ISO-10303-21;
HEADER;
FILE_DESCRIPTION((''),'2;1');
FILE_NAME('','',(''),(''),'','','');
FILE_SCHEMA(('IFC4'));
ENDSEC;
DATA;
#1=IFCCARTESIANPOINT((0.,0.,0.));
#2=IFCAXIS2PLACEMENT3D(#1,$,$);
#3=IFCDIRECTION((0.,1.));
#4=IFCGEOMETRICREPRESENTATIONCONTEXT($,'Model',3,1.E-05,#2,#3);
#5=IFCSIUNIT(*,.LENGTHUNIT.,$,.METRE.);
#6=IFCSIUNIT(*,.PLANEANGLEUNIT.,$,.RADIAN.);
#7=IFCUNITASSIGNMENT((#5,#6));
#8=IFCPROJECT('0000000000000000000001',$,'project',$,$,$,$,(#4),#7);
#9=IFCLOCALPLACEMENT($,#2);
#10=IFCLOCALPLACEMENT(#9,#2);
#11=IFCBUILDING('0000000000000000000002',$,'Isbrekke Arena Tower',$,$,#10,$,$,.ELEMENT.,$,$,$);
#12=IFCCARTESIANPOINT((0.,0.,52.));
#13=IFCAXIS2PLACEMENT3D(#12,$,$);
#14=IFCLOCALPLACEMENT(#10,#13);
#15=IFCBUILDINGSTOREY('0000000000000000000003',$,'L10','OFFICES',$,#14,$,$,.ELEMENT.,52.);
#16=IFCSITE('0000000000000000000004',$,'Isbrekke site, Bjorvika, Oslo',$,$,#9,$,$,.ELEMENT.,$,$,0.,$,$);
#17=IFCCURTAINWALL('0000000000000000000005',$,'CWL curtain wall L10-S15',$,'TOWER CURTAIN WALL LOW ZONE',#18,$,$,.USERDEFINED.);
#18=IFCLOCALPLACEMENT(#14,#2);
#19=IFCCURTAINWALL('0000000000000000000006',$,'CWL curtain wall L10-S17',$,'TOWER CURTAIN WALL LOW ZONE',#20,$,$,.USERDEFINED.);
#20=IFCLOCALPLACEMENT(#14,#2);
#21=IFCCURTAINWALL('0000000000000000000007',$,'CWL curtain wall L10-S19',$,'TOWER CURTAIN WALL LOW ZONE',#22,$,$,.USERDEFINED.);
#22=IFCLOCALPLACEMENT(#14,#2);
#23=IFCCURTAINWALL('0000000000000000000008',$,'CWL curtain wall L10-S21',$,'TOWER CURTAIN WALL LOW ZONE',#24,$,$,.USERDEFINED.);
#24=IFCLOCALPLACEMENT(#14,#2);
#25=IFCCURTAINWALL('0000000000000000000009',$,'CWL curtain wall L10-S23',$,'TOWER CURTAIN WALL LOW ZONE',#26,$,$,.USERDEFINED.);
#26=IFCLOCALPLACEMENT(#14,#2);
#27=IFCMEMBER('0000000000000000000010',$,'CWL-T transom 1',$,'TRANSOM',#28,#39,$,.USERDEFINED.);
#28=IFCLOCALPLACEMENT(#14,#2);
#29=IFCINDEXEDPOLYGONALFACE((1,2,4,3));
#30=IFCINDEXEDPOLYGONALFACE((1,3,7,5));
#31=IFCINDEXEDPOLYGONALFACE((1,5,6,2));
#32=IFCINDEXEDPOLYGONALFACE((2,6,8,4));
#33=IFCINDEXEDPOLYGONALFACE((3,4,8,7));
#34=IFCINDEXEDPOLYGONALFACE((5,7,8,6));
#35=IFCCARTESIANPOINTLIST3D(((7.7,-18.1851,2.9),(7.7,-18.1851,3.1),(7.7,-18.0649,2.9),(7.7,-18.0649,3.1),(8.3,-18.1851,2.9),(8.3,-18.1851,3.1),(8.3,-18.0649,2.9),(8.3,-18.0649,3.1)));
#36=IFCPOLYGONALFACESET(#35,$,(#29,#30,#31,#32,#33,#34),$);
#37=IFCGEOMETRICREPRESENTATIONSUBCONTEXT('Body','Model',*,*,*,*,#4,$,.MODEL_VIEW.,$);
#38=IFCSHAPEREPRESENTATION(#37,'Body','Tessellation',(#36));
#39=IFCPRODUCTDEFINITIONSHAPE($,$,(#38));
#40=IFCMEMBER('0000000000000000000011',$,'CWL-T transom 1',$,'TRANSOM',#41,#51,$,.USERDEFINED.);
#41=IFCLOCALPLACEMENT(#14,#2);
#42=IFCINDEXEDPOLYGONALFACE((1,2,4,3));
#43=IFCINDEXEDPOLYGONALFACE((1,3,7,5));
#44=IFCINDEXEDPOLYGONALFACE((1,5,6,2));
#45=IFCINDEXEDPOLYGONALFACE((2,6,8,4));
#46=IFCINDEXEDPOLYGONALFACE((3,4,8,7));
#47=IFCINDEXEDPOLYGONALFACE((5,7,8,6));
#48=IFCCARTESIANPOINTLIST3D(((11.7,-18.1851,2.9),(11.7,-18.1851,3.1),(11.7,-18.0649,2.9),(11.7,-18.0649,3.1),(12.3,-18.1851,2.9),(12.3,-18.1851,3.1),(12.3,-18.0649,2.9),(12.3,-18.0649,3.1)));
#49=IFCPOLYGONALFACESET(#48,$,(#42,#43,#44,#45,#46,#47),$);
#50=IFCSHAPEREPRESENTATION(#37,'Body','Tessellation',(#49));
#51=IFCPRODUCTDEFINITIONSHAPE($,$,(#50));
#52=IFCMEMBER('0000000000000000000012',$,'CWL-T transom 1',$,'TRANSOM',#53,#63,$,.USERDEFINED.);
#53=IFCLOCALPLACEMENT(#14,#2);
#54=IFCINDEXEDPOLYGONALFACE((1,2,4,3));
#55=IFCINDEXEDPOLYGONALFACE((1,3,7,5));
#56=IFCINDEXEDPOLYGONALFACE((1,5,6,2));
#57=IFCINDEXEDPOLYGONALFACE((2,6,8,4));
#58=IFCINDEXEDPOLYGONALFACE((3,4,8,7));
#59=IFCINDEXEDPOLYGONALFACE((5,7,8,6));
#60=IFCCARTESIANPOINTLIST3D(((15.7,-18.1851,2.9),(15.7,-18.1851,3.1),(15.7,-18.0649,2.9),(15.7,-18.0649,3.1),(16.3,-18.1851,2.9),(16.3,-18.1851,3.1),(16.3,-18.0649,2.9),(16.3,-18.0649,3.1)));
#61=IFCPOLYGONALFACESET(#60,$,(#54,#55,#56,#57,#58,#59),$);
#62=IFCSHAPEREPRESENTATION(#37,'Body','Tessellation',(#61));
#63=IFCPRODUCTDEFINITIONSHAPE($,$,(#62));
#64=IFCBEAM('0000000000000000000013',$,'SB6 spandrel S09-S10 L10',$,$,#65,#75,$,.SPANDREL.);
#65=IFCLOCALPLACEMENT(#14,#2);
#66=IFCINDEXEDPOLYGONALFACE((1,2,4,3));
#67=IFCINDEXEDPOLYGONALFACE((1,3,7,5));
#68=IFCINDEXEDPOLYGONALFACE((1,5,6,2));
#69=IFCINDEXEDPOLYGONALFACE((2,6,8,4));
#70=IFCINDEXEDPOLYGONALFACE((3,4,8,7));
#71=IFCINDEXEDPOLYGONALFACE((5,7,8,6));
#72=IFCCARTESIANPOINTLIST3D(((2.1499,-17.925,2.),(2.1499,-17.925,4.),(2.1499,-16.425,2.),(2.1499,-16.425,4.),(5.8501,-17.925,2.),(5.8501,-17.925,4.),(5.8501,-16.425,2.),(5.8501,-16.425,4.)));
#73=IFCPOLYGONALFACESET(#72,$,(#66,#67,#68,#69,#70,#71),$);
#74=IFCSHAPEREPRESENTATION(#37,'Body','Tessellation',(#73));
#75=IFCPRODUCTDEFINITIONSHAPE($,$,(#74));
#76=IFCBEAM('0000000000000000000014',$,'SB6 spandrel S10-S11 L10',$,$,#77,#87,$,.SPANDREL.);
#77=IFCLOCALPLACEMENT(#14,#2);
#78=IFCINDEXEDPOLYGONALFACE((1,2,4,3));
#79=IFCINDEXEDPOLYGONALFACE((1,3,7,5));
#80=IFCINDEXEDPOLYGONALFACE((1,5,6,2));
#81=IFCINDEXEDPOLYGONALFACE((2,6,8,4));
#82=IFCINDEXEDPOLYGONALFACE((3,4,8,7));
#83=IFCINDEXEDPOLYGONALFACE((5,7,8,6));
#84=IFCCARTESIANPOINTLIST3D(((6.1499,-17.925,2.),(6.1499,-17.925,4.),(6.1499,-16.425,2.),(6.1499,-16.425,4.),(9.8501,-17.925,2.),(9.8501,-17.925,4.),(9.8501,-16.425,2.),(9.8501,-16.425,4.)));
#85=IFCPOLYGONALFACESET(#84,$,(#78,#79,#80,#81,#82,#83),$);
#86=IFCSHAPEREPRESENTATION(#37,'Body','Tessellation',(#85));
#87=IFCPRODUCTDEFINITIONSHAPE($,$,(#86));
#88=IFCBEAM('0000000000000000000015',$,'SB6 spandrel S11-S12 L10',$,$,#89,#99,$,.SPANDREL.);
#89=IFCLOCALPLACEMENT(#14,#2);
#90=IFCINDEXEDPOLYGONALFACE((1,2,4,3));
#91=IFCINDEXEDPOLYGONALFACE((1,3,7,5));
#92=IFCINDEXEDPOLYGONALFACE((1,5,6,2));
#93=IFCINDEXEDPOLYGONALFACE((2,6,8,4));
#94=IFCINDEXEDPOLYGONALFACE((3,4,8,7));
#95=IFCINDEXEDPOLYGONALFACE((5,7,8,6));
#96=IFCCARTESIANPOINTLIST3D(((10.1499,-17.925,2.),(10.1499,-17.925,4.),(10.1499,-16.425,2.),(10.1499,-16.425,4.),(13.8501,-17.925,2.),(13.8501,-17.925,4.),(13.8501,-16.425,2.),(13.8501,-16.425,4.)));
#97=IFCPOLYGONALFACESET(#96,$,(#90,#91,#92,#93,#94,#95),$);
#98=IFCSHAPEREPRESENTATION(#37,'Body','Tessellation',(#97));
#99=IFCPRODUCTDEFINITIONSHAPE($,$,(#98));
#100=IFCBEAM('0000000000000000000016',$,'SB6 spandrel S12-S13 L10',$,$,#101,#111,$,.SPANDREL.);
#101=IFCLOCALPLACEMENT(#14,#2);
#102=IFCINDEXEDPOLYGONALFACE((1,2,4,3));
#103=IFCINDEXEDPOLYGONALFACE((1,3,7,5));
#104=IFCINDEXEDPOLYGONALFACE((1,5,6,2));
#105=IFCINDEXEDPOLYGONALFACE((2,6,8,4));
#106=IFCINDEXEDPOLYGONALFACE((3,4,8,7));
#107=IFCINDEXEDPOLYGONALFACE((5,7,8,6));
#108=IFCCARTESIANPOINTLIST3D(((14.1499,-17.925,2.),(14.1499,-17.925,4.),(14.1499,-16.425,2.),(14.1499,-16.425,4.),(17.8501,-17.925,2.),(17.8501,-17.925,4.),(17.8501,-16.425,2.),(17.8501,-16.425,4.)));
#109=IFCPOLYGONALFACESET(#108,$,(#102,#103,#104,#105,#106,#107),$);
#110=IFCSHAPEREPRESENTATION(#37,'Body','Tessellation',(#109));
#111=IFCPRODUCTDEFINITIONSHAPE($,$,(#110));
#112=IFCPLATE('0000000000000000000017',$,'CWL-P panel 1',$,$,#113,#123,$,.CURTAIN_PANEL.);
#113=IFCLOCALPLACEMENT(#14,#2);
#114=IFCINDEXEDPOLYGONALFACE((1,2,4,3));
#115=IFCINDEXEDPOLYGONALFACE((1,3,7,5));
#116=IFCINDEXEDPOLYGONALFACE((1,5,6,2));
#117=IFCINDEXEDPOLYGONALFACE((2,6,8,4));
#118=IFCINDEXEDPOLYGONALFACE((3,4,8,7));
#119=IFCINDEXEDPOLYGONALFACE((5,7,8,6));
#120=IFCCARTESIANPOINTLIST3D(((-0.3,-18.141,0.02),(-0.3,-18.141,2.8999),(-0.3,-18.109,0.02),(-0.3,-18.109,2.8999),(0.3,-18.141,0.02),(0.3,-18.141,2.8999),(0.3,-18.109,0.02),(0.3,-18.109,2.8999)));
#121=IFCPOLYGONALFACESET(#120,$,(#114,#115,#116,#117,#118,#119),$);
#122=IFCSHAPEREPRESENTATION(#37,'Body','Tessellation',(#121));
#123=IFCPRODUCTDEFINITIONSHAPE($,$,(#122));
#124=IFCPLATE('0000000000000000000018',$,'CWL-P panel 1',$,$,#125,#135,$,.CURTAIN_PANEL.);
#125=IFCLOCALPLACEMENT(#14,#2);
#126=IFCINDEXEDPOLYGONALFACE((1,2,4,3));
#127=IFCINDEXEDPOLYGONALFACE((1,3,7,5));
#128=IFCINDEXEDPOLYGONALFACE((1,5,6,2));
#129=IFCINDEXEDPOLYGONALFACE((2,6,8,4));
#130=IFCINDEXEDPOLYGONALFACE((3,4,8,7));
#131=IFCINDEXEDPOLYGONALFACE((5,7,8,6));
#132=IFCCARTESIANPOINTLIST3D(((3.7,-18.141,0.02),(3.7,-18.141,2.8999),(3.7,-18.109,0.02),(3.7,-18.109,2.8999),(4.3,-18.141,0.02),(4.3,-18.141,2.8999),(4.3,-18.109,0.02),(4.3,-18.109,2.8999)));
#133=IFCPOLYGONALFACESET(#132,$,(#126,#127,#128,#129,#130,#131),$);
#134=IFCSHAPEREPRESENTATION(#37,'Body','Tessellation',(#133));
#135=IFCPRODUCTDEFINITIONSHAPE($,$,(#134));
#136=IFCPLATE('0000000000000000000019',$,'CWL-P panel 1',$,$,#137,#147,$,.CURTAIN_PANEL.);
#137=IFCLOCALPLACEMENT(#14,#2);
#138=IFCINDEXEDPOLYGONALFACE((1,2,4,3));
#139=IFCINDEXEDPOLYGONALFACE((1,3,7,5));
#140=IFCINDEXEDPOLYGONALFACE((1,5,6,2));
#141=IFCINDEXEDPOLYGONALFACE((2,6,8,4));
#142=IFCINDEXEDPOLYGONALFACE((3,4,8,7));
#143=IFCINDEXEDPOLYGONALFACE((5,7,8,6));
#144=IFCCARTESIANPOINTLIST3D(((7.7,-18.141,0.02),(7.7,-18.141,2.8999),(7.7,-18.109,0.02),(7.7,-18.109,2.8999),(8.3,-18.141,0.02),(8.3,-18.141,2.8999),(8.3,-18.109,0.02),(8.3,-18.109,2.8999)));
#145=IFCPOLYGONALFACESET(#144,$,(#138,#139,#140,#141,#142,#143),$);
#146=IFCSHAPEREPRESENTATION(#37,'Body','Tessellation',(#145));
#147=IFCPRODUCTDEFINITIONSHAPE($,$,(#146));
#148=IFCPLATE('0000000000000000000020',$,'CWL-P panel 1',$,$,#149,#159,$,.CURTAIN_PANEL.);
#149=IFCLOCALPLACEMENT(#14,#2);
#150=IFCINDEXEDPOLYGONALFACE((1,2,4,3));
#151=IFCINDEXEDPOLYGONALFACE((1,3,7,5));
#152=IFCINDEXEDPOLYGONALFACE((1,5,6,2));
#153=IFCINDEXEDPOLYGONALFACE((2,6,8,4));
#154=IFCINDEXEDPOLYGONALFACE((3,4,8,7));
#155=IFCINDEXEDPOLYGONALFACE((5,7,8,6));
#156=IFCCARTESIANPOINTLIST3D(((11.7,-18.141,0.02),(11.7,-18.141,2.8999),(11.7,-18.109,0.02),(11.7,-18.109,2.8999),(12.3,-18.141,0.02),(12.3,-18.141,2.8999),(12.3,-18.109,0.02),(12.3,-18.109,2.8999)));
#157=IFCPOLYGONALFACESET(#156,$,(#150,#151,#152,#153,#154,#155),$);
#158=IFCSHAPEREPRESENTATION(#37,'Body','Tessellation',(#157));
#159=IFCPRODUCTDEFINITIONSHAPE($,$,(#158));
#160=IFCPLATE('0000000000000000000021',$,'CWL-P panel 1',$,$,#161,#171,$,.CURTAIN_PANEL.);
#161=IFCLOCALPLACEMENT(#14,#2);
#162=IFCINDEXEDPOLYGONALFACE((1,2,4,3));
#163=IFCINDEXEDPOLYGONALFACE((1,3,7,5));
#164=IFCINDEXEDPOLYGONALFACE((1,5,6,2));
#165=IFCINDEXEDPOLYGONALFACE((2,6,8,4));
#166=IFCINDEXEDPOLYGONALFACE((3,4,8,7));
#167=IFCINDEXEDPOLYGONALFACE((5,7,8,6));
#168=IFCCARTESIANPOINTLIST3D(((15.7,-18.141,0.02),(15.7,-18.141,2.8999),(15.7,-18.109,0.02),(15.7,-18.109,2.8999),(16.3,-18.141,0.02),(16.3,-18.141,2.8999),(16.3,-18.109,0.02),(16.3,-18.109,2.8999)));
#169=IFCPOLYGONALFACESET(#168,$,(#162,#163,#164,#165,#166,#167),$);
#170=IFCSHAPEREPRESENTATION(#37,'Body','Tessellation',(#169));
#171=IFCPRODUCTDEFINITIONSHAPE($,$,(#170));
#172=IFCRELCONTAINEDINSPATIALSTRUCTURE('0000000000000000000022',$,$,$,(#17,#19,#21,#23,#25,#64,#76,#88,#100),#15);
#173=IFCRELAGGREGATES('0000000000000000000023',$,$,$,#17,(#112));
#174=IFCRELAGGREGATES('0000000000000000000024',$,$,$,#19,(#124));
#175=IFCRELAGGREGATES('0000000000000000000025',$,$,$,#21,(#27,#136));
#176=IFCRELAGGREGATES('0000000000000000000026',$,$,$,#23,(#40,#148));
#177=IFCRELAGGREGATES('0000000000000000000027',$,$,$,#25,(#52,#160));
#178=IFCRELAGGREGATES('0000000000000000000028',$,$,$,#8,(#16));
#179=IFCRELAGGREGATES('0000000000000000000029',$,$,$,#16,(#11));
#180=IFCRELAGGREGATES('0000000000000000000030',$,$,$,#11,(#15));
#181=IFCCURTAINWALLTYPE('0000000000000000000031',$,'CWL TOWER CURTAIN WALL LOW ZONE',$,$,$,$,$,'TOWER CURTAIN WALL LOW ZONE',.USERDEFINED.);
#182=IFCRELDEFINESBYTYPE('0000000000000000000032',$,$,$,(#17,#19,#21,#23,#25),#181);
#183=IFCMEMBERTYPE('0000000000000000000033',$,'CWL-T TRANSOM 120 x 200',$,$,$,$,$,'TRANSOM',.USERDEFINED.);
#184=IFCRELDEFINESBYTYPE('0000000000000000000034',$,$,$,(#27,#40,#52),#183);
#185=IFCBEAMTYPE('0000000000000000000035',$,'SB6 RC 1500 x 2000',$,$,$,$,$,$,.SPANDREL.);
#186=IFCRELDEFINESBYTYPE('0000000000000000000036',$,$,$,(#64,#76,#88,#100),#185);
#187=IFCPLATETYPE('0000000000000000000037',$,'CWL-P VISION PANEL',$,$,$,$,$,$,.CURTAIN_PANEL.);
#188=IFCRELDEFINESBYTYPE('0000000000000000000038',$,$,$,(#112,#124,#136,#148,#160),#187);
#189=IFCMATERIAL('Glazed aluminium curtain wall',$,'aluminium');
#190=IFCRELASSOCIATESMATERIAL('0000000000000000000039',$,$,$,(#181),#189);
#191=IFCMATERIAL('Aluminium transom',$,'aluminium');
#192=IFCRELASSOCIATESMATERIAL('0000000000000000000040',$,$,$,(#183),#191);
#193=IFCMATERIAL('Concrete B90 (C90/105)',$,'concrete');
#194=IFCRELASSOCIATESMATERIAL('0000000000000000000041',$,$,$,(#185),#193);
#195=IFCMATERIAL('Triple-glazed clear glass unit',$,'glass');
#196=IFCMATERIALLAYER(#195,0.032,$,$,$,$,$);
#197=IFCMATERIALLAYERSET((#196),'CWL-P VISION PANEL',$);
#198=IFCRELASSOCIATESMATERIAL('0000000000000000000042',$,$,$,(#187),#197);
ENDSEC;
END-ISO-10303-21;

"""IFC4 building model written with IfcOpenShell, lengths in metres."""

from ifc_helpers import new_model, si_unit, direction, frame, origin, origin_2d, place, context, subcontext, project, spatial, rectangle, extrude, material, layer, layer_set, material_profile, profile_set, type_object, element, aggregate, save


model = new_model("IFC4")

# Units and contexts
model_context = context("Model", 3, precision=1e-05, world=origin(), true_north=direction((0.0, 1.0)))
body_context = subcontext(model_context, "Body", "Model", "MODEL_VIEW")
ifc_project = project(units=[si_unit("LENGTHUNIT", "METRE"), si_unit("PLANEANGLEUNIT", "RADIAN")], contexts=[model_context])

# Site, building, storey
site_placement = place(None, origin())
site = spatial("IfcSite", under=ifc_project, at=site_placement, Name="Isbrekke site, Bjorvika, Oslo", CompositionType="ELEMENT", RefElevation=0.0)
building_placement = place(site_placement, origin())
building = spatial("IfcBuilding", under=site, at=building_placement, Name="Isbrekke Arena Tower", CompositionType="ELEMENT")
storey_placement = place(building_placement, frame((0.0, 0.0, 52.0)))
storey = spatial("IfcBuildingStorey", under=building, at=storey_placement, Name="L10", Description="OFFICES", CompositionType="ELEMENT", Elevation=52.0)

# Curtain wall
ifc_material_1 = material(Name="Glazed aluminium curtain wall", Category="aluminium")
curtain_wall_type = type_object("IfcCurtainWallType", Name="CWL TOWER CURTAIN WALL LOW ZONE", ElementType="TOWER CURTAIN WALL LOW ZONE", PredefinedType="USERDEFINED", material=ifc_material_1)
curtain_wall_1_placement = place(storey_placement, origin())
curtain_wall_1 = element("IfcCurtainWall", 1, at=curtain_wall_1_placement, inside=storey, type_object=curtain_wall_type, Name="CWL curtain wall L10-S15", ObjectType="TOWER CURTAIN WALL LOW ZONE", PredefinedType="USERDEFINED")

# Curtain walls
curtain_wall_2_placement = place(storey_placement, origin())
curtain_wall_2 = element("IfcCurtainWall", 2, at=curtain_wall_2_placement, inside=storey, type_object=curtain_wall_type, Name="CWL curtain wall L10-S17", ObjectType="TOWER CURTAIN WALL LOW ZONE", PredefinedType="USERDEFINED")
curtain_wall_3_placement = place(storey_placement, origin())
curtain_wall_3 = element("IfcCurtainWall", 3, at=curtain_wall_3_placement, inside=storey, type_object=curtain_wall_type, Name="CWL curtain wall L10-S19", ObjectType="TOWER CURTAIN WALL LOW ZONE", PredefinedType="USERDEFINED")
curtain_wall_4_placement = place(storey_placement, origin())
curtain_wall_4 = element("IfcCurtainWall", 4, at=curtain_wall_4_placement, inside=storey, type_object=curtain_wall_type, Name="CWL curtain wall L10-S21", ObjectType="TOWER CURTAIN WALL LOW ZONE", PredefinedType="USERDEFINED")
curtain_wall_5_placement = place(storey_placement, origin())
curtain_wall_5 = element("IfcCurtainWall", 5, at=curtain_wall_5_placement, inside=storey, type_object=curtain_wall_type, Name="CWL curtain wall L10-S23", ObjectType="TOWER CURTAIN WALL LOW ZONE", PredefinedType="USERDEFINED")

# Members
ifc_material_2 = material(Name="Aluminium transom", Category="aluminium")
ifc_material_profile_1 = material_profile(ifc_material_2, rectangle(XDim=0.1201, YDim=0.2, at=origin_2d()), Name="TRANSOM 120X200")
ifc_profile_set_1 = profile_set([ifc_material_profile_1], Name="Aluminium transom")
member_type_1 = type_object("IfcMemberType", Name="CWL-T TRANSOM 120 x 200", ElementType="TRANSOM", PredefinedType="USERDEFINED", material=ifc_profile_set_1)
member_1_placement = place(storey_placement, frame((7.7, -18.125, 3.0), z_axis=(1.0, 0.0, 0.0), x_axis=(0.0, 1.0, 0.0)))
member_1 = element("IfcMember", 6, at=member_1_placement, type_object=member_type_1, Name="CWL-T transom 1", ObjectType="TRANSOM", PredefinedType="USERDEFINED", context=body_context, shape_type="SweptSolid", body=[
    extrude(rectangle(XDim=0.1201, YDim=0.2, at=origin_2d()), origin(), (0.0, 0.0, 1.0), 0.6001),
])
member_2_placement = place(storey_placement, frame((11.7, -18.125, 3.0), z_axis=(1.0, 0.0, 0.0), x_axis=(0.0, 1.0, 0.0)))
member_2 = element("IfcMember", 7, at=member_2_placement, type_object=member_type_1, Name="CWL-T transom 1", ObjectType="TRANSOM", PredefinedType="USERDEFINED", context=body_context, shape_type="SweptSolid", body=[
    extrude(rectangle(XDim=0.1201, YDim=0.2, at=origin_2d()), origin(), (0.0, 0.0, 1.0), 0.6001),
])
member_3_placement = place(storey_placement, frame((15.7, -18.125, 3.0), z_axis=(1.0, 0.0, 0.0), x_axis=(0.0, 1.0, 0.0)))
member_3 = element("IfcMember", 8, at=member_3_placement, type_object=member_type_1, Name="CWL-T transom 1", ObjectType="TRANSOM", PredefinedType="USERDEFINED", context=body_context, shape_type="SweptSolid", body=[
    extrude(rectangle(XDim=0.1201, YDim=0.2, at=origin_2d()), origin(), (0.0, 0.0, 1.0), 0.6001),
])

# Beams
ifc_material_3 = material(Name="Concrete B90 (C90/105)", Category="concrete")
ifc_material_profile_2 = material_profile(ifc_material_3, rectangle(XDim=1.5, YDim=2.0, at=origin_2d()), Name="RC 1500x2000")
ifc_profile_set_2 = profile_set([ifc_material_profile_2], Name="Concrete B90 (C90/105)")
beam_type = type_object("IfcBeamType", Name="SB6 RC 1500 x 2000", PredefinedType="SPANDREL", material=ifc_profile_set_2)
for number, where, z_axis, x_axis, name in (
    (9, (2.1499, -17.175, 3.0), (1.0, 0.0, 0.0), (0.0, 1.0, 0.0), "SB6 spandrel S09-S10 L10"),
    (10, (6.1499, -17.175, 3.0), (1.0, 0.0, 0.0), (0.0, 1.0, 0.0), "SB6 spandrel S10-S11 L10"),
    (11, (10.1499, -17.175, 3.0), (1.0, 0.0, 0.0), (0.0, 1.0, 0.0), "SB6 spandrel S11-S12 L10"),
    (12, (14.1499, -17.175, 3.0), (1.0, 0.0, 0.0), (0.0, 1.0, 0.0), "SB6 spandrel S12-S13 L10"),
):
    element("IfcBeam", number, at=place(storey_placement, frame(where, z_axis=z_axis, x_axis=x_axis)), inside=storey, type_object=beam_type, Name=name, PredefinedType="SPANDREL", context=body_context, shape_type="SweptSolid", body=[
        extrude(rectangle(XDim=1.5, YDim=2.0, at=origin_2d()), origin(), (0.0, 0.0, 1.0), 3.7002),
    ])

# Plates
ifc_material_4 = material(Name="Triple-glazed clear glass unit", Category="glass")
ifc_layer = layer(ifc_material_4, 0.032)
ifc_layer_set = layer_set([ifc_layer], Name="CWL-P VISION PANEL")
plate_type = type_object("IfcPlateType", Name="CWL-P VISION PANEL", PredefinedType="CURTAIN_PANEL", material=ifc_layer_set)
plate_1_placement = place(storey_placement, frame((0.0, -18.125, 0.02), z_axis=(0.0, 0.0, 1.0), x_axis=(1.0, 0.0, 0.0)))
plate_1 = element("IfcPlate", 13, at=plate_1_placement, type_object=plate_type, Name="CWL-P panel 1", PredefinedType="CURTAIN_PANEL", context=body_context, shape_type="SweptSolid", body=[
    extrude(rectangle(XDim=0.6001, YDim=0.032, at=origin_2d()), origin(), (0.0, 0.0, 1.0), 2.8799),
])
aggregate(curtain_wall_1, [plate_1])
plate_2_placement = place(storey_placement, frame((4.0, -18.125, 0.02), z_axis=(0.0, 0.0, 1.0), x_axis=(1.0, 0.0, 0.0)))
plate_2 = element("IfcPlate", 14, at=plate_2_placement, type_object=plate_type, Name="CWL-P panel 1", PredefinedType="CURTAIN_PANEL", context=body_context, shape_type="SweptSolid", body=[
    extrude(rectangle(XDim=0.6001, YDim=0.032, at=origin_2d()), origin(), (0.0, 0.0, 1.0), 2.8799),
])
aggregate(curtain_wall_2, [plate_2])
plate_3_placement = place(storey_placement, frame((8.0, -18.125, 0.02), z_axis=(0.0, 0.0, 1.0), x_axis=(1.0, 0.0, 0.0)))
plate_3 = element("IfcPlate", 15, at=plate_3_placement, type_object=plate_type, Name="CWL-P panel 1", PredefinedType="CURTAIN_PANEL", context=body_context, shape_type="SweptSolid", body=[
    extrude(rectangle(XDim=0.6001, YDim=0.032, at=origin_2d()), origin(), (0.0, 0.0, 1.0), 2.8799),
])
aggregate(curtain_wall_3, [member_1, plate_3])
plate_4_placement = place(storey_placement, frame((12.0, -18.125, 0.02), z_axis=(0.0, 0.0, 1.0), x_axis=(1.0, 0.0, 0.0)))
plate_4 = element("IfcPlate", 16, at=plate_4_placement, type_object=plate_type, Name="CWL-P panel 1", PredefinedType="CURTAIN_PANEL", context=body_context, shape_type="SweptSolid", body=[
    extrude(rectangle(XDim=0.6001, YDim=0.032, at=origin_2d()), origin(), (0.0, 0.0, 1.0), 2.8799),
])
aggregate(curtain_wall_4, [member_2, plate_4])
plate_5_placement = place(storey_placement, frame((16.0, -18.125, 0.02), z_axis=(0.0, 0.0, 1.0), x_axis=(1.0, 0.0, 0.0)))
plate_5 = element("IfcPlate", 17, at=plate_5_placement, type_object=plate_type, Name="CWL-P panel 1", PredefinedType="CURTAIN_PANEL", context=body_context, shape_type="SweptSolid", body=[
    extrude(rectangle(XDim=0.6001, YDim=0.032, at=origin_2d()), origin(), (0.0, 0.0, 1.0), 2.8799),
])
aggregate(curtain_wall_5, [member_3, plate_5])

save(model, "model.ifc")
